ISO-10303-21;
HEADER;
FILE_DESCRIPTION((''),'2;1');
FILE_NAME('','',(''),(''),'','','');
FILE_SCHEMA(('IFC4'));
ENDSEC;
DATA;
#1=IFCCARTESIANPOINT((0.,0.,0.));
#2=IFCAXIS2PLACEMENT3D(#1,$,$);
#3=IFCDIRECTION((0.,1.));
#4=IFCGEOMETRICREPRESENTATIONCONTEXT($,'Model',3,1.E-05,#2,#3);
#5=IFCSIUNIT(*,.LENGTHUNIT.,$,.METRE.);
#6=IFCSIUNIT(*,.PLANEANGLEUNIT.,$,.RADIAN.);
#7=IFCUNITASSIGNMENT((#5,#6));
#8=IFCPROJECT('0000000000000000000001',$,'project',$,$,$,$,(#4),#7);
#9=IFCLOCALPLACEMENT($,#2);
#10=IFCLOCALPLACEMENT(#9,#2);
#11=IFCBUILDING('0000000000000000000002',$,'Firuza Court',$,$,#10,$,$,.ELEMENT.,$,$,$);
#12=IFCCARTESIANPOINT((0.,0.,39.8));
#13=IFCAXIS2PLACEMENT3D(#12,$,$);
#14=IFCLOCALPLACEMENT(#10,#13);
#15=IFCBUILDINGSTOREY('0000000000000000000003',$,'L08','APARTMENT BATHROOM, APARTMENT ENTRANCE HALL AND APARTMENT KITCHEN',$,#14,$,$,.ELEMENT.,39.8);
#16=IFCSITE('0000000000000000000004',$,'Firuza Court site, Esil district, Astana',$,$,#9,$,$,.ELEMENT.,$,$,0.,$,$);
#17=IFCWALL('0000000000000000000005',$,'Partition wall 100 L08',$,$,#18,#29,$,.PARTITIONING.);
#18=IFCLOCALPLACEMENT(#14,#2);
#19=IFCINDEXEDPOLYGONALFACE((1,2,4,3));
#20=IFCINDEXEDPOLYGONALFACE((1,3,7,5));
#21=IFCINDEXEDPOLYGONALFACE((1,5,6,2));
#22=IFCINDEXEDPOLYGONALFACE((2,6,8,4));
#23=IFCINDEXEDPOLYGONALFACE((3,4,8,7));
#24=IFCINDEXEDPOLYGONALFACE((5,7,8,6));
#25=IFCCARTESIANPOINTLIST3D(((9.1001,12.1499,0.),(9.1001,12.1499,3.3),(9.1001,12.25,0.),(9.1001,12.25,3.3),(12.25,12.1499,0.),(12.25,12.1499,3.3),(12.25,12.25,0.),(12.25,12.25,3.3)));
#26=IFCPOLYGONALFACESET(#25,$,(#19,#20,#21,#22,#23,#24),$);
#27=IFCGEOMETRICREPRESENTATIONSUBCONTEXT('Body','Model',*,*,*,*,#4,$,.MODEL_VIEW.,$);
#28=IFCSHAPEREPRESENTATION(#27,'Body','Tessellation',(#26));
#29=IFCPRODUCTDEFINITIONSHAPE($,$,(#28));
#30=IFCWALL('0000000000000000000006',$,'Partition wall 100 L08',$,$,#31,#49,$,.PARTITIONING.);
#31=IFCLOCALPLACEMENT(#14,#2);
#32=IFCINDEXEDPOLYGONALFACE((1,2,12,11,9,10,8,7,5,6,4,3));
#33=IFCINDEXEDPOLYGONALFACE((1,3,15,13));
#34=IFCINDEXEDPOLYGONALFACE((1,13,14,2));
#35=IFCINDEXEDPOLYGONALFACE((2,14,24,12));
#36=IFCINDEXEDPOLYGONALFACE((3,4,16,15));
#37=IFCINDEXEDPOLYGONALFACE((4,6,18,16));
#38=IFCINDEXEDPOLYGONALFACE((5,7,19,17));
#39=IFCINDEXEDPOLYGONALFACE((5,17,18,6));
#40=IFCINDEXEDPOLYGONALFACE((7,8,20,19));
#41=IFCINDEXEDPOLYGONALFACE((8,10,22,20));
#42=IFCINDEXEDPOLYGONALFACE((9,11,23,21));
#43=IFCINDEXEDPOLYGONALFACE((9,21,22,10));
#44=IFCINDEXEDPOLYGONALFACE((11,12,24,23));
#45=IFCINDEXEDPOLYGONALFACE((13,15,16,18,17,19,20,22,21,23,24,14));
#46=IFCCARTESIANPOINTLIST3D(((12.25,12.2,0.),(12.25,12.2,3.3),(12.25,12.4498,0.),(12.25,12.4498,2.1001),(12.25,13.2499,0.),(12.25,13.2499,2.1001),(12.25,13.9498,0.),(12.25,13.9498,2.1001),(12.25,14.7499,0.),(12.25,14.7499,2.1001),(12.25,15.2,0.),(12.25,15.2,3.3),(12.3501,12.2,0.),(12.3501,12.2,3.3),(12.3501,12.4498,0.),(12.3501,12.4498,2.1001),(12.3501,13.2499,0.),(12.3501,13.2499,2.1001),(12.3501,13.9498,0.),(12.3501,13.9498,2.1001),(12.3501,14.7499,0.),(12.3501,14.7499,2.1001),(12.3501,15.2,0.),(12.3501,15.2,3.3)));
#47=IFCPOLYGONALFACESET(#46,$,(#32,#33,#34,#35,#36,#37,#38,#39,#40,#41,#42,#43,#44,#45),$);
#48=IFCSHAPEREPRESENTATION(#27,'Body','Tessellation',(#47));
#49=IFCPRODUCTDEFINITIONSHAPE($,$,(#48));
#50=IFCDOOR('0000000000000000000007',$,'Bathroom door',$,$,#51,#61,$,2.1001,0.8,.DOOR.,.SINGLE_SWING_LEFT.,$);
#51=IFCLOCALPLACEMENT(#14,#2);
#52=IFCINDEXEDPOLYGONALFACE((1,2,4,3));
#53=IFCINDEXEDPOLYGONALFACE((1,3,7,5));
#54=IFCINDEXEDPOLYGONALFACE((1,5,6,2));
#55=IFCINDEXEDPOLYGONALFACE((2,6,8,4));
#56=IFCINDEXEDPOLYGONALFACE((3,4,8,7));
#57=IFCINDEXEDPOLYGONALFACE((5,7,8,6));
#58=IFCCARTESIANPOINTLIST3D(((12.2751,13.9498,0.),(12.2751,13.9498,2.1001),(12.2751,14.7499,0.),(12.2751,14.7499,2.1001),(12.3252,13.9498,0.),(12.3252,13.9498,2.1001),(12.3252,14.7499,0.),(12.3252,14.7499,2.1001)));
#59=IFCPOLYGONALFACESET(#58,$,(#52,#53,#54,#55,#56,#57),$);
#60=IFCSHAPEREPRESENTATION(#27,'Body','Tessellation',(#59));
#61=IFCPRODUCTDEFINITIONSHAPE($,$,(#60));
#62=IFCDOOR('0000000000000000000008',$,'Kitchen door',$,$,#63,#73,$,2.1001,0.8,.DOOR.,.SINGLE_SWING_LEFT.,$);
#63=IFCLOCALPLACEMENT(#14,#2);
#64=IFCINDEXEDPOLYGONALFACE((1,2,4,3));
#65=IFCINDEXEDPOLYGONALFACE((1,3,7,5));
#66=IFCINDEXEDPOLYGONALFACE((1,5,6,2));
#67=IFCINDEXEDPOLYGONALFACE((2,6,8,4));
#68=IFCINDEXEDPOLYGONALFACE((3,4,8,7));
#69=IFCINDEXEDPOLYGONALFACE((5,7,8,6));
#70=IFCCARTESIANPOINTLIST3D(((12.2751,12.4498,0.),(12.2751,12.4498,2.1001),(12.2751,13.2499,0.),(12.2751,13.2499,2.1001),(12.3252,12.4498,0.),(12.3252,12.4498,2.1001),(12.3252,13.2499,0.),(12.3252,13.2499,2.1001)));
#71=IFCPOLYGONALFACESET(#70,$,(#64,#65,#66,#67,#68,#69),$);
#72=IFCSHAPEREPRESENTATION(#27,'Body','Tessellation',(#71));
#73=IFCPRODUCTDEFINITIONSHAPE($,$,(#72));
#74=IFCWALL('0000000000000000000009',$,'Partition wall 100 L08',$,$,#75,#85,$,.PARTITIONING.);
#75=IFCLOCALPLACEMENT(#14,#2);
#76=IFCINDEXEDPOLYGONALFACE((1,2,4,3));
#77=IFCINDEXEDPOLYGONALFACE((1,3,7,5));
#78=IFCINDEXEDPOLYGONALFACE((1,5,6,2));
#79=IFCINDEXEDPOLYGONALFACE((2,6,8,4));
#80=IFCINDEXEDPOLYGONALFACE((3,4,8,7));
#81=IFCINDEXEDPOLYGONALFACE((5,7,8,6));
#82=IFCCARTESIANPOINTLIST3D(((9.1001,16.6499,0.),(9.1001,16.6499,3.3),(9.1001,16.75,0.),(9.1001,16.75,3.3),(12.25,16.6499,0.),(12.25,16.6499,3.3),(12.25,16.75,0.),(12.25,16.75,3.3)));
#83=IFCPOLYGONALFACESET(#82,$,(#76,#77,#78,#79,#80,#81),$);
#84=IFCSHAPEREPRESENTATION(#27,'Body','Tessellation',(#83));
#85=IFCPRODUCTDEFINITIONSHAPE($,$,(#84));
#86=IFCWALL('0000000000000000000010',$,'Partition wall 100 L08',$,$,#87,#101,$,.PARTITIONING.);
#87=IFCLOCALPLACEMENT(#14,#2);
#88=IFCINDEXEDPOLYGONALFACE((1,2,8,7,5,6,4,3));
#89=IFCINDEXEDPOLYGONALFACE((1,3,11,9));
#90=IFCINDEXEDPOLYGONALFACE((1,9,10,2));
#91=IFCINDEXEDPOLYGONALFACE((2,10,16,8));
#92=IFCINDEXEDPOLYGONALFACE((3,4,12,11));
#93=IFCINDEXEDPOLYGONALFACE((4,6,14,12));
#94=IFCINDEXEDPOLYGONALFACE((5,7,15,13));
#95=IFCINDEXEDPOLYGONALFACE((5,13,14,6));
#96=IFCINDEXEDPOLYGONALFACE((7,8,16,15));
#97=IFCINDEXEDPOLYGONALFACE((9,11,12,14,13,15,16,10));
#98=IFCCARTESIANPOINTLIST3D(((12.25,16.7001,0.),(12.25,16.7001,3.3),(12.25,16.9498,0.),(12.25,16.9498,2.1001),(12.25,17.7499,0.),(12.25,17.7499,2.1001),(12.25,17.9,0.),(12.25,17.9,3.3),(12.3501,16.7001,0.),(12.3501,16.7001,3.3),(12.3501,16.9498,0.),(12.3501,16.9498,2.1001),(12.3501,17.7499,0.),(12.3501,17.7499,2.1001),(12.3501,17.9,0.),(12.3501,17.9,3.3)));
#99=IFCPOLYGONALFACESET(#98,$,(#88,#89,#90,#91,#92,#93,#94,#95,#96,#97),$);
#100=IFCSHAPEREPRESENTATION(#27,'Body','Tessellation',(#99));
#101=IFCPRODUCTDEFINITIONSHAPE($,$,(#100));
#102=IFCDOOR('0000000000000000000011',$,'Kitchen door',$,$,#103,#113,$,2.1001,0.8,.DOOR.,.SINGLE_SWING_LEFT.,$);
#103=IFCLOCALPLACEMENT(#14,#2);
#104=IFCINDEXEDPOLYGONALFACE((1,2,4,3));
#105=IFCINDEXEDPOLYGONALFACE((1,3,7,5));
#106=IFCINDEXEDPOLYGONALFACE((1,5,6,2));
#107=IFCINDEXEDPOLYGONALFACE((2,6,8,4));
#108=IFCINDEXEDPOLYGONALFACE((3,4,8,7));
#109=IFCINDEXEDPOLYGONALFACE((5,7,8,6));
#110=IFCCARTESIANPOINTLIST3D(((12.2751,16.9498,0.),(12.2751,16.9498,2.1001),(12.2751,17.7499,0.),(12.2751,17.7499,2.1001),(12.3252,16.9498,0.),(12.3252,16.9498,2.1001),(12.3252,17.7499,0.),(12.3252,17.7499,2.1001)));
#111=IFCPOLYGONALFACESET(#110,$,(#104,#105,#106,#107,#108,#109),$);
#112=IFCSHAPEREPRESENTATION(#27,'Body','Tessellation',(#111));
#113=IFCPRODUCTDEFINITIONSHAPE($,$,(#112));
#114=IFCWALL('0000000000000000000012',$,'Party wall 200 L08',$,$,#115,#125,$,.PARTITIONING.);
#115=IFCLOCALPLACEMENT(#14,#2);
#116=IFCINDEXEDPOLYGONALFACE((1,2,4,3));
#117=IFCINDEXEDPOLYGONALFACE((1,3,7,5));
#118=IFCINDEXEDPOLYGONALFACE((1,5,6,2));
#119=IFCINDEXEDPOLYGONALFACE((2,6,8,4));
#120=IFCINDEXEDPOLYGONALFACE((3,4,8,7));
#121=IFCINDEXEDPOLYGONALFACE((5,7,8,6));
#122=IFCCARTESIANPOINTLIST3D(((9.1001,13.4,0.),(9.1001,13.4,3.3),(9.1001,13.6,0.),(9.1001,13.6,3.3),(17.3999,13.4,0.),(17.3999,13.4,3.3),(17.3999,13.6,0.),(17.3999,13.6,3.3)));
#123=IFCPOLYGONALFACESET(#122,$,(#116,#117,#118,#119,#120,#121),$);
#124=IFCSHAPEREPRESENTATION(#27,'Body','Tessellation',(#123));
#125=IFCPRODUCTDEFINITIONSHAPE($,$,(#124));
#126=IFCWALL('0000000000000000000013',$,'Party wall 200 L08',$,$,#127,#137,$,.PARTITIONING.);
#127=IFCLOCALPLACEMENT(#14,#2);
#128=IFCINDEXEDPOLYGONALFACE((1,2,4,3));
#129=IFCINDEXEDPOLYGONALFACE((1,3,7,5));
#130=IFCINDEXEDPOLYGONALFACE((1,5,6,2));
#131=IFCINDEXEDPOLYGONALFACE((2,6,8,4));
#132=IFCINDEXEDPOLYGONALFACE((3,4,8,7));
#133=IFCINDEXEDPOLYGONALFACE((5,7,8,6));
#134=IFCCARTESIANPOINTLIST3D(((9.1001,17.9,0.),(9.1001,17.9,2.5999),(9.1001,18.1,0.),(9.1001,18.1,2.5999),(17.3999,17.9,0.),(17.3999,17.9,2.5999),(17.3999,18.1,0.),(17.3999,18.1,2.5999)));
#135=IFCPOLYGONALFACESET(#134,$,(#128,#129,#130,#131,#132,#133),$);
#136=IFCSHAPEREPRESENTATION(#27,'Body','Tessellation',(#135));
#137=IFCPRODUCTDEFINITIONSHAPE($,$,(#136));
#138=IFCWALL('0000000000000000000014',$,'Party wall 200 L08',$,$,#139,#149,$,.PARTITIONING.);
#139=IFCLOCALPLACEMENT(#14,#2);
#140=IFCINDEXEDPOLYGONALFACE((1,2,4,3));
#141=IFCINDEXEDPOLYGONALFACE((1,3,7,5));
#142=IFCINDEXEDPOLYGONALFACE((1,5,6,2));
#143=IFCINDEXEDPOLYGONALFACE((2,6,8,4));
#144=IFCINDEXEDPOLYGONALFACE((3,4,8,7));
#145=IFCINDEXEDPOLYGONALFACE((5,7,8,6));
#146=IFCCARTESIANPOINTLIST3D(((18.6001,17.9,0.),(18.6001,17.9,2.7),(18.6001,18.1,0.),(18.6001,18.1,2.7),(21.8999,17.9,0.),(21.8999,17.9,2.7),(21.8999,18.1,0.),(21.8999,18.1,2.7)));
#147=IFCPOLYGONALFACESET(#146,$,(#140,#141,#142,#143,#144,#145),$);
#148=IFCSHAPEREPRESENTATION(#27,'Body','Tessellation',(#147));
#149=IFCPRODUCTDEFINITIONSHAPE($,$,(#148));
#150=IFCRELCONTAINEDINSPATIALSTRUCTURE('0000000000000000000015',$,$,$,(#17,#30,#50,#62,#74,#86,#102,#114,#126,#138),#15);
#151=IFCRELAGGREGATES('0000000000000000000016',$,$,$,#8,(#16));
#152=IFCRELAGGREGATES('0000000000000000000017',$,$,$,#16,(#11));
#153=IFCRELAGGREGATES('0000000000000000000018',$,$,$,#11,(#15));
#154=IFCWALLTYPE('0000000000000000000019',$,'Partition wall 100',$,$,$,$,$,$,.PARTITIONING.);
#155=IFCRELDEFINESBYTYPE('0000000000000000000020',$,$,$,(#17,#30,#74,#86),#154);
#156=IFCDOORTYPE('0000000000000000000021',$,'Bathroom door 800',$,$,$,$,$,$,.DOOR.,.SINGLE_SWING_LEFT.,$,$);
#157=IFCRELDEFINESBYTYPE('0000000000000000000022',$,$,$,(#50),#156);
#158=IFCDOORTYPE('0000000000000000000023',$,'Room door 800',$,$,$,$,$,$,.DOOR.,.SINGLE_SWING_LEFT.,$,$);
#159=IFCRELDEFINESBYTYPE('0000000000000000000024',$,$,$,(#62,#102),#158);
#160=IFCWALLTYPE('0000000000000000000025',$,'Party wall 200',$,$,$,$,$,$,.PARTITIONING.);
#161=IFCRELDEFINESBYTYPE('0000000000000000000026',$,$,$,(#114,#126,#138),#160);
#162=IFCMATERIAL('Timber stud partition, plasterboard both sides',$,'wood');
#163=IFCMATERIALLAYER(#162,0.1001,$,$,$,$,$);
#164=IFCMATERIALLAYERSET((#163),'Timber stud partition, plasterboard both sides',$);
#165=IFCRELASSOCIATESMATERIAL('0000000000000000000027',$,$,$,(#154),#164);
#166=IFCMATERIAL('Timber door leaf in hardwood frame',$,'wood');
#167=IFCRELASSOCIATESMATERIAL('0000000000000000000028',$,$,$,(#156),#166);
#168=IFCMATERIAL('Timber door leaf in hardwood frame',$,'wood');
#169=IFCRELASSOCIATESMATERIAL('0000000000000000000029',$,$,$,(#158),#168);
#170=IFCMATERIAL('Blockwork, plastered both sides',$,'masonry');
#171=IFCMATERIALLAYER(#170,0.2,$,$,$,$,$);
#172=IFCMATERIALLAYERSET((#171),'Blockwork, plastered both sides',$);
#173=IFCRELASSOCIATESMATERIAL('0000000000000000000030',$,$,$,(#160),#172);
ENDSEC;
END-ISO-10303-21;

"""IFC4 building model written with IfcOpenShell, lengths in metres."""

from ifc_helpers import new_model, si_unit, direction, frame, frame_2d, origin, place, context, subcontext, project, spatial, rectangle, extrude, material, layer, layer_set, type_object, element, fill, save


model = new_model("IFC4")

# Units and contexts
model_context = context("Model", 3, precision=1e-05, world=origin(), true_north=direction((0.0, 1.0)))
body_context = subcontext(model_context, "Body", "Model", "MODEL_VIEW")
ifc_project = project(units=[si_unit("LENGTHUNIT", "METRE"), si_unit("PLANEANGLEUNIT", "RADIAN")], contexts=[model_context])

# Site, building, storey
site_placement = place(None, origin())
site = spatial("IfcSite", under=ifc_project, at=site_placement, Name="Firuza Court site, Esil district, Astana", CompositionType="ELEMENT", RefElevation=0.0)
building_placement = place(site_placement, origin())
building = spatial("IfcBuilding", under=site, at=building_placement, Name="Firuza Court", CompositionType="ELEMENT")
storey_placement = place(building_placement, frame((0.0, 0.0, 39.8)))
storey = spatial("IfcBuildingStorey", under=building, at=storey_placement, Name="L08", Description="APARTMENT BATHROOM, APARTMENT ENTRANCE HALL AND APARTMENT KITCHEN", CompositionType="ELEMENT", Elevation=39.8)

# Shared definitions
ifc_material_1 = material(Name="Timber stud partition, plasterboard both sides", Category="wood")
ifc_layer_1 = layer(ifc_material_1, 0.1001)
ifc_layer_set_1 = layer_set([ifc_layer_1], Name="Timber stud partition, plasterboard both sides")
wall_type_1 = type_object("IfcWallType", Name="Partition wall 100", PredefinedType="PARTITIONING", material=ifc_layer_set_1)
ifc_material_2 = material(Name="Timber door leaf in hardwood frame", Category="wood")
door_type_1 = type_object("IfcDoorType", Name="Bathroom door 800", OperationType="SINGLE_SWING_LEFT", PredefinedType="DOOR", material=ifc_material_2)

# Wall
wall_1_placement = place(storey_placement, frame((9.1001, 12.2, 0.0), z_axis=(0.0, 0.0, 1.0), x_axis=(1.0, 0.0, 0.0)))
element("IfcWall", 1, at=wall_1_placement, inside=storey, type_object=wall_type_1, Name="Partition wall 100 L08", PredefinedType="PARTITIONING", context=body_context, shape_type="SweptSolid", body=[
    extrude(rectangle(XDim=3.1499, YDim=0.1001, at=frame_2d((1.575, 0.0))), origin(), (0.0, 0.0, 1.0), 3.3),
])

# Wall, openings, doors
wall_2_placement = place(storey_placement, frame((12.3, 12.2, 0.0), z_axis=(0.0, 0.0, 1.0), x_axis=(0.0, 1.0, 0.0)))
wall_2 = element("IfcWall", 2, at=wall_2_placement, inside=storey, type_object=wall_type_1, Name="Partition wall 100 L08", PredefinedType="PARTITIONING", context=body_context, shape_type="SweptSolid", body=[
    extrude(rectangle(XDim=3.0, YDim=0.1001, at=frame_2d((1.5, 0.0))), origin(), (0.0, 0.0, 1.0), 3.3),
])
opening_1_placement = place(wall_2_placement, frame((1.75, 0.0, 0.0)))
opening_1 = element("IfcOpeningElement", 3, at=opening_1_placement, cuts=wall_2, PredefinedType="OPENING", context=body_context, shape_type="SweptSolid", body=[
    extrude(rectangle(XDim=0.8, YDim=2.1001, at=frame_2d((0.3999, 1.05))), frame((0.0, 0.062, 0.0), z_axis=(0.0, -1.0, 0.0), x_axis=(1.0, 0.0, 0.0)), (0.0, 0.0, 1.0), 0.124),
])
opening_2_placement = place(wall_2_placement, frame((0.25, 0.0, 0.0)))
opening_2 = element("IfcOpeningElement", 4, at=opening_2_placement, cuts=wall_2, PredefinedType="OPENING", context=body_context, shape_type="SweptSolid", body=[
    extrude(rectangle(XDim=0.8, YDim=2.1001, at=frame_2d((0.3999, 1.05))), frame((0.0, 0.062, 0.0), z_axis=(0.0, -1.0, 0.0), x_axis=(1.0, 0.0, 0.0)), (0.0, 0.0, 1.0), 0.124),
])
door_1_placement = place(opening_1_placement, origin())
door_1 = element("IfcDoor", 5, at=door_1_placement, inside=storey, type_object=door_type_1, Name="Bathroom door", OperationType="SINGLE_SWING_LEFT", OverallHeight=2.1001, OverallWidth=0.8, PredefinedType="DOOR", context=body_context, shape_type="SweptSolid", body=[
    extrude(rectangle(XDim=0.8, YDim=2.1001, at=frame_2d((0.3999, 1.05))), frame((0.0, 0.0249, 0.0), z_axis=(0.0, -1.0, 0.0), x_axis=(1.0, 0.0, 0.0)), (0.0, 0.0, 1.0), 0.05),
])
fill(opening_1, door_1)
ifc_material_3 = material(Name="Timber door leaf in hardwood frame", Category="wood")
door_type_2 = type_object("IfcDoorType", Name="Room door 800", OperationType="SINGLE_SWING_LEFT", PredefinedType="DOOR", material=ifc_material_3)
door_2_placement = place(opening_2_placement, origin())
door_2 = element("IfcDoor", 6, at=door_2_placement, inside=storey, type_object=door_type_2, Name="Kitchen door", OperationType="SINGLE_SWING_LEFT", OverallHeight=2.1001, OverallWidth=0.8, PredefinedType="DOOR", context=body_context, shape_type="SweptSolid", body=[
    extrude(rectangle(XDim=0.8, YDim=2.1001, at=frame_2d((0.3999, 1.05))), frame((0.0, 0.0249, 0.0), z_axis=(0.0, -1.0, 0.0), x_axis=(1.0, 0.0, 0.0)), (0.0, 0.0, 1.0), 0.05),
])
fill(opening_2, door_2)

# Wall
wall_3_placement = place(storey_placement, frame((9.1001, 16.7, 0.0), z_axis=(0.0, 0.0, 1.0), x_axis=(1.0, 0.0, 0.0)))
element("IfcWall", 7, at=wall_3_placement, inside=storey, type_object=wall_type_1, Name="Partition wall 100 L08", PredefinedType="PARTITIONING", context=body_context, shape_type="SweptSolid", body=[
    extrude(rectangle(XDim=3.1499, YDim=0.1001, at=frame_2d((1.575, 0.0))), origin(), (0.0, 0.0, 1.0), 3.3),
])

# Wall, opening, door
wall_4_placement = place(storey_placement, frame((12.3, 16.7, 0.0), z_axis=(0.0, 0.0, 1.0), x_axis=(0.0, 1.0, 0.0)))
wall_4 = element("IfcWall", 8, at=wall_4_placement, inside=storey, type_object=wall_type_1, Name="Partition wall 100 L08", PredefinedType="PARTITIONING", context=body_context, shape_type="SweptSolid", body=[
    extrude(rectangle(XDim=1.2, YDim=0.1001, at=frame_2d((0.6001, 0.0))), origin(), (0.0, 0.0, 1.0), 3.3),
])
opening_3_placement = place(wall_4_placement, frame((0.25, 0.0, 0.0)))
opening_3 = element("IfcOpeningElement", 9, at=opening_3_placement, cuts=wall_4, PredefinedType="OPENING", context=body_context, shape_type="SweptSolid", body=[
    extrude(rectangle(XDim=0.8, YDim=2.1001, at=frame_2d((0.3999, 1.05))), frame((0.0, 0.062, 0.0), z_axis=(0.0, -1.0, 0.0), x_axis=(1.0, 0.0, 0.0)), (0.0, 0.0, 1.0), 0.124),
])
door_3_placement = place(opening_3_placement, origin())
door_3 = element("IfcDoor", 10, at=door_3_placement, inside=storey, type_object=door_type_2, Name="Kitchen door", OperationType="SINGLE_SWING_LEFT", OverallHeight=2.1001, OverallWidth=0.8, PredefinedType="DOOR", context=body_context, shape_type="SweptSolid", body=[
    extrude(rectangle(XDim=0.8, YDim=2.1001, at=frame_2d((0.3999, 1.05))), frame((0.0, 0.0249, 0.0), z_axis=(0.0, -1.0, 0.0), x_axis=(1.0, 0.0, 0.0)), (0.0, 0.0, 1.0), 0.05),
])
fill(opening_3, door_3)

# Walls
ifc_material_4 = material(Name="Blockwork, plastered both sides", Category="masonry")
ifc_layer_2 = layer(ifc_material_4, 0.2)
ifc_layer_set_2 = layer_set([ifc_layer_2], Name="Blockwork, plastered both sides")
wall_type_2 = type_object("IfcWallType", Name="Party wall 200", PredefinedType="PARTITIONING", material=ifc_layer_set_2)
wall_5_placement = place(storey_placement, frame((9.1001, 13.5, 0.0), z_axis=(0.0, 0.0, 1.0), x_axis=(1.0, 0.0, 0.0)))
element("IfcWall", 11, at=wall_5_placement, inside=storey, type_object=wall_type_2, Name="Party wall 200 L08", PredefinedType="PARTITIONING", context=body_context, shape_type="SweptSolid", body=[
    extrude(rectangle(XDim=8.2998, YDim=0.2, at=frame_2d((4.1499, 0.0))), origin(), (0.0, 0.0, 1.0), 3.3),
])
wall_6_placement = place(storey_placement, frame((9.1001, 18.0, 0.0), z_axis=(0.0, 0.0, 1.0), x_axis=(1.0, 0.0, 0.0)))
element("IfcWall", 12, at=wall_6_placement, inside=storey, type_object=wall_type_2, Name="Party wall 200 L08", PredefinedType="PARTITIONING", context=body_context, shape_type="SweptSolid", body=[
    extrude(rectangle(XDim=8.2998, YDim=0.2, at=frame_2d((4.1499, 0.0))), origin(), (0.0, 0.0, 1.0), 2.5999),
])
wall_7_placement = place(storey_placement, frame((18.6001, 18.0, 0.0), z_axis=(0.0, 0.0, 1.0), x_axis=(1.0, 0.0, 0.0)))
element("IfcWall", 13, at=wall_7_placement, inside=storey, type_object=wall_type_2, Name="Party wall 200 L08", PredefinedType="PARTITIONING", context=body_context, shape_type="SweptSolid", body=[
    extrude(rectangle(XDim=3.2998, YDim=0.2, at=frame_2d((1.6499, 0.0))), origin(), (0.0, 0.0, 1.0), 2.7),
])

save(model, "model.ifc")
